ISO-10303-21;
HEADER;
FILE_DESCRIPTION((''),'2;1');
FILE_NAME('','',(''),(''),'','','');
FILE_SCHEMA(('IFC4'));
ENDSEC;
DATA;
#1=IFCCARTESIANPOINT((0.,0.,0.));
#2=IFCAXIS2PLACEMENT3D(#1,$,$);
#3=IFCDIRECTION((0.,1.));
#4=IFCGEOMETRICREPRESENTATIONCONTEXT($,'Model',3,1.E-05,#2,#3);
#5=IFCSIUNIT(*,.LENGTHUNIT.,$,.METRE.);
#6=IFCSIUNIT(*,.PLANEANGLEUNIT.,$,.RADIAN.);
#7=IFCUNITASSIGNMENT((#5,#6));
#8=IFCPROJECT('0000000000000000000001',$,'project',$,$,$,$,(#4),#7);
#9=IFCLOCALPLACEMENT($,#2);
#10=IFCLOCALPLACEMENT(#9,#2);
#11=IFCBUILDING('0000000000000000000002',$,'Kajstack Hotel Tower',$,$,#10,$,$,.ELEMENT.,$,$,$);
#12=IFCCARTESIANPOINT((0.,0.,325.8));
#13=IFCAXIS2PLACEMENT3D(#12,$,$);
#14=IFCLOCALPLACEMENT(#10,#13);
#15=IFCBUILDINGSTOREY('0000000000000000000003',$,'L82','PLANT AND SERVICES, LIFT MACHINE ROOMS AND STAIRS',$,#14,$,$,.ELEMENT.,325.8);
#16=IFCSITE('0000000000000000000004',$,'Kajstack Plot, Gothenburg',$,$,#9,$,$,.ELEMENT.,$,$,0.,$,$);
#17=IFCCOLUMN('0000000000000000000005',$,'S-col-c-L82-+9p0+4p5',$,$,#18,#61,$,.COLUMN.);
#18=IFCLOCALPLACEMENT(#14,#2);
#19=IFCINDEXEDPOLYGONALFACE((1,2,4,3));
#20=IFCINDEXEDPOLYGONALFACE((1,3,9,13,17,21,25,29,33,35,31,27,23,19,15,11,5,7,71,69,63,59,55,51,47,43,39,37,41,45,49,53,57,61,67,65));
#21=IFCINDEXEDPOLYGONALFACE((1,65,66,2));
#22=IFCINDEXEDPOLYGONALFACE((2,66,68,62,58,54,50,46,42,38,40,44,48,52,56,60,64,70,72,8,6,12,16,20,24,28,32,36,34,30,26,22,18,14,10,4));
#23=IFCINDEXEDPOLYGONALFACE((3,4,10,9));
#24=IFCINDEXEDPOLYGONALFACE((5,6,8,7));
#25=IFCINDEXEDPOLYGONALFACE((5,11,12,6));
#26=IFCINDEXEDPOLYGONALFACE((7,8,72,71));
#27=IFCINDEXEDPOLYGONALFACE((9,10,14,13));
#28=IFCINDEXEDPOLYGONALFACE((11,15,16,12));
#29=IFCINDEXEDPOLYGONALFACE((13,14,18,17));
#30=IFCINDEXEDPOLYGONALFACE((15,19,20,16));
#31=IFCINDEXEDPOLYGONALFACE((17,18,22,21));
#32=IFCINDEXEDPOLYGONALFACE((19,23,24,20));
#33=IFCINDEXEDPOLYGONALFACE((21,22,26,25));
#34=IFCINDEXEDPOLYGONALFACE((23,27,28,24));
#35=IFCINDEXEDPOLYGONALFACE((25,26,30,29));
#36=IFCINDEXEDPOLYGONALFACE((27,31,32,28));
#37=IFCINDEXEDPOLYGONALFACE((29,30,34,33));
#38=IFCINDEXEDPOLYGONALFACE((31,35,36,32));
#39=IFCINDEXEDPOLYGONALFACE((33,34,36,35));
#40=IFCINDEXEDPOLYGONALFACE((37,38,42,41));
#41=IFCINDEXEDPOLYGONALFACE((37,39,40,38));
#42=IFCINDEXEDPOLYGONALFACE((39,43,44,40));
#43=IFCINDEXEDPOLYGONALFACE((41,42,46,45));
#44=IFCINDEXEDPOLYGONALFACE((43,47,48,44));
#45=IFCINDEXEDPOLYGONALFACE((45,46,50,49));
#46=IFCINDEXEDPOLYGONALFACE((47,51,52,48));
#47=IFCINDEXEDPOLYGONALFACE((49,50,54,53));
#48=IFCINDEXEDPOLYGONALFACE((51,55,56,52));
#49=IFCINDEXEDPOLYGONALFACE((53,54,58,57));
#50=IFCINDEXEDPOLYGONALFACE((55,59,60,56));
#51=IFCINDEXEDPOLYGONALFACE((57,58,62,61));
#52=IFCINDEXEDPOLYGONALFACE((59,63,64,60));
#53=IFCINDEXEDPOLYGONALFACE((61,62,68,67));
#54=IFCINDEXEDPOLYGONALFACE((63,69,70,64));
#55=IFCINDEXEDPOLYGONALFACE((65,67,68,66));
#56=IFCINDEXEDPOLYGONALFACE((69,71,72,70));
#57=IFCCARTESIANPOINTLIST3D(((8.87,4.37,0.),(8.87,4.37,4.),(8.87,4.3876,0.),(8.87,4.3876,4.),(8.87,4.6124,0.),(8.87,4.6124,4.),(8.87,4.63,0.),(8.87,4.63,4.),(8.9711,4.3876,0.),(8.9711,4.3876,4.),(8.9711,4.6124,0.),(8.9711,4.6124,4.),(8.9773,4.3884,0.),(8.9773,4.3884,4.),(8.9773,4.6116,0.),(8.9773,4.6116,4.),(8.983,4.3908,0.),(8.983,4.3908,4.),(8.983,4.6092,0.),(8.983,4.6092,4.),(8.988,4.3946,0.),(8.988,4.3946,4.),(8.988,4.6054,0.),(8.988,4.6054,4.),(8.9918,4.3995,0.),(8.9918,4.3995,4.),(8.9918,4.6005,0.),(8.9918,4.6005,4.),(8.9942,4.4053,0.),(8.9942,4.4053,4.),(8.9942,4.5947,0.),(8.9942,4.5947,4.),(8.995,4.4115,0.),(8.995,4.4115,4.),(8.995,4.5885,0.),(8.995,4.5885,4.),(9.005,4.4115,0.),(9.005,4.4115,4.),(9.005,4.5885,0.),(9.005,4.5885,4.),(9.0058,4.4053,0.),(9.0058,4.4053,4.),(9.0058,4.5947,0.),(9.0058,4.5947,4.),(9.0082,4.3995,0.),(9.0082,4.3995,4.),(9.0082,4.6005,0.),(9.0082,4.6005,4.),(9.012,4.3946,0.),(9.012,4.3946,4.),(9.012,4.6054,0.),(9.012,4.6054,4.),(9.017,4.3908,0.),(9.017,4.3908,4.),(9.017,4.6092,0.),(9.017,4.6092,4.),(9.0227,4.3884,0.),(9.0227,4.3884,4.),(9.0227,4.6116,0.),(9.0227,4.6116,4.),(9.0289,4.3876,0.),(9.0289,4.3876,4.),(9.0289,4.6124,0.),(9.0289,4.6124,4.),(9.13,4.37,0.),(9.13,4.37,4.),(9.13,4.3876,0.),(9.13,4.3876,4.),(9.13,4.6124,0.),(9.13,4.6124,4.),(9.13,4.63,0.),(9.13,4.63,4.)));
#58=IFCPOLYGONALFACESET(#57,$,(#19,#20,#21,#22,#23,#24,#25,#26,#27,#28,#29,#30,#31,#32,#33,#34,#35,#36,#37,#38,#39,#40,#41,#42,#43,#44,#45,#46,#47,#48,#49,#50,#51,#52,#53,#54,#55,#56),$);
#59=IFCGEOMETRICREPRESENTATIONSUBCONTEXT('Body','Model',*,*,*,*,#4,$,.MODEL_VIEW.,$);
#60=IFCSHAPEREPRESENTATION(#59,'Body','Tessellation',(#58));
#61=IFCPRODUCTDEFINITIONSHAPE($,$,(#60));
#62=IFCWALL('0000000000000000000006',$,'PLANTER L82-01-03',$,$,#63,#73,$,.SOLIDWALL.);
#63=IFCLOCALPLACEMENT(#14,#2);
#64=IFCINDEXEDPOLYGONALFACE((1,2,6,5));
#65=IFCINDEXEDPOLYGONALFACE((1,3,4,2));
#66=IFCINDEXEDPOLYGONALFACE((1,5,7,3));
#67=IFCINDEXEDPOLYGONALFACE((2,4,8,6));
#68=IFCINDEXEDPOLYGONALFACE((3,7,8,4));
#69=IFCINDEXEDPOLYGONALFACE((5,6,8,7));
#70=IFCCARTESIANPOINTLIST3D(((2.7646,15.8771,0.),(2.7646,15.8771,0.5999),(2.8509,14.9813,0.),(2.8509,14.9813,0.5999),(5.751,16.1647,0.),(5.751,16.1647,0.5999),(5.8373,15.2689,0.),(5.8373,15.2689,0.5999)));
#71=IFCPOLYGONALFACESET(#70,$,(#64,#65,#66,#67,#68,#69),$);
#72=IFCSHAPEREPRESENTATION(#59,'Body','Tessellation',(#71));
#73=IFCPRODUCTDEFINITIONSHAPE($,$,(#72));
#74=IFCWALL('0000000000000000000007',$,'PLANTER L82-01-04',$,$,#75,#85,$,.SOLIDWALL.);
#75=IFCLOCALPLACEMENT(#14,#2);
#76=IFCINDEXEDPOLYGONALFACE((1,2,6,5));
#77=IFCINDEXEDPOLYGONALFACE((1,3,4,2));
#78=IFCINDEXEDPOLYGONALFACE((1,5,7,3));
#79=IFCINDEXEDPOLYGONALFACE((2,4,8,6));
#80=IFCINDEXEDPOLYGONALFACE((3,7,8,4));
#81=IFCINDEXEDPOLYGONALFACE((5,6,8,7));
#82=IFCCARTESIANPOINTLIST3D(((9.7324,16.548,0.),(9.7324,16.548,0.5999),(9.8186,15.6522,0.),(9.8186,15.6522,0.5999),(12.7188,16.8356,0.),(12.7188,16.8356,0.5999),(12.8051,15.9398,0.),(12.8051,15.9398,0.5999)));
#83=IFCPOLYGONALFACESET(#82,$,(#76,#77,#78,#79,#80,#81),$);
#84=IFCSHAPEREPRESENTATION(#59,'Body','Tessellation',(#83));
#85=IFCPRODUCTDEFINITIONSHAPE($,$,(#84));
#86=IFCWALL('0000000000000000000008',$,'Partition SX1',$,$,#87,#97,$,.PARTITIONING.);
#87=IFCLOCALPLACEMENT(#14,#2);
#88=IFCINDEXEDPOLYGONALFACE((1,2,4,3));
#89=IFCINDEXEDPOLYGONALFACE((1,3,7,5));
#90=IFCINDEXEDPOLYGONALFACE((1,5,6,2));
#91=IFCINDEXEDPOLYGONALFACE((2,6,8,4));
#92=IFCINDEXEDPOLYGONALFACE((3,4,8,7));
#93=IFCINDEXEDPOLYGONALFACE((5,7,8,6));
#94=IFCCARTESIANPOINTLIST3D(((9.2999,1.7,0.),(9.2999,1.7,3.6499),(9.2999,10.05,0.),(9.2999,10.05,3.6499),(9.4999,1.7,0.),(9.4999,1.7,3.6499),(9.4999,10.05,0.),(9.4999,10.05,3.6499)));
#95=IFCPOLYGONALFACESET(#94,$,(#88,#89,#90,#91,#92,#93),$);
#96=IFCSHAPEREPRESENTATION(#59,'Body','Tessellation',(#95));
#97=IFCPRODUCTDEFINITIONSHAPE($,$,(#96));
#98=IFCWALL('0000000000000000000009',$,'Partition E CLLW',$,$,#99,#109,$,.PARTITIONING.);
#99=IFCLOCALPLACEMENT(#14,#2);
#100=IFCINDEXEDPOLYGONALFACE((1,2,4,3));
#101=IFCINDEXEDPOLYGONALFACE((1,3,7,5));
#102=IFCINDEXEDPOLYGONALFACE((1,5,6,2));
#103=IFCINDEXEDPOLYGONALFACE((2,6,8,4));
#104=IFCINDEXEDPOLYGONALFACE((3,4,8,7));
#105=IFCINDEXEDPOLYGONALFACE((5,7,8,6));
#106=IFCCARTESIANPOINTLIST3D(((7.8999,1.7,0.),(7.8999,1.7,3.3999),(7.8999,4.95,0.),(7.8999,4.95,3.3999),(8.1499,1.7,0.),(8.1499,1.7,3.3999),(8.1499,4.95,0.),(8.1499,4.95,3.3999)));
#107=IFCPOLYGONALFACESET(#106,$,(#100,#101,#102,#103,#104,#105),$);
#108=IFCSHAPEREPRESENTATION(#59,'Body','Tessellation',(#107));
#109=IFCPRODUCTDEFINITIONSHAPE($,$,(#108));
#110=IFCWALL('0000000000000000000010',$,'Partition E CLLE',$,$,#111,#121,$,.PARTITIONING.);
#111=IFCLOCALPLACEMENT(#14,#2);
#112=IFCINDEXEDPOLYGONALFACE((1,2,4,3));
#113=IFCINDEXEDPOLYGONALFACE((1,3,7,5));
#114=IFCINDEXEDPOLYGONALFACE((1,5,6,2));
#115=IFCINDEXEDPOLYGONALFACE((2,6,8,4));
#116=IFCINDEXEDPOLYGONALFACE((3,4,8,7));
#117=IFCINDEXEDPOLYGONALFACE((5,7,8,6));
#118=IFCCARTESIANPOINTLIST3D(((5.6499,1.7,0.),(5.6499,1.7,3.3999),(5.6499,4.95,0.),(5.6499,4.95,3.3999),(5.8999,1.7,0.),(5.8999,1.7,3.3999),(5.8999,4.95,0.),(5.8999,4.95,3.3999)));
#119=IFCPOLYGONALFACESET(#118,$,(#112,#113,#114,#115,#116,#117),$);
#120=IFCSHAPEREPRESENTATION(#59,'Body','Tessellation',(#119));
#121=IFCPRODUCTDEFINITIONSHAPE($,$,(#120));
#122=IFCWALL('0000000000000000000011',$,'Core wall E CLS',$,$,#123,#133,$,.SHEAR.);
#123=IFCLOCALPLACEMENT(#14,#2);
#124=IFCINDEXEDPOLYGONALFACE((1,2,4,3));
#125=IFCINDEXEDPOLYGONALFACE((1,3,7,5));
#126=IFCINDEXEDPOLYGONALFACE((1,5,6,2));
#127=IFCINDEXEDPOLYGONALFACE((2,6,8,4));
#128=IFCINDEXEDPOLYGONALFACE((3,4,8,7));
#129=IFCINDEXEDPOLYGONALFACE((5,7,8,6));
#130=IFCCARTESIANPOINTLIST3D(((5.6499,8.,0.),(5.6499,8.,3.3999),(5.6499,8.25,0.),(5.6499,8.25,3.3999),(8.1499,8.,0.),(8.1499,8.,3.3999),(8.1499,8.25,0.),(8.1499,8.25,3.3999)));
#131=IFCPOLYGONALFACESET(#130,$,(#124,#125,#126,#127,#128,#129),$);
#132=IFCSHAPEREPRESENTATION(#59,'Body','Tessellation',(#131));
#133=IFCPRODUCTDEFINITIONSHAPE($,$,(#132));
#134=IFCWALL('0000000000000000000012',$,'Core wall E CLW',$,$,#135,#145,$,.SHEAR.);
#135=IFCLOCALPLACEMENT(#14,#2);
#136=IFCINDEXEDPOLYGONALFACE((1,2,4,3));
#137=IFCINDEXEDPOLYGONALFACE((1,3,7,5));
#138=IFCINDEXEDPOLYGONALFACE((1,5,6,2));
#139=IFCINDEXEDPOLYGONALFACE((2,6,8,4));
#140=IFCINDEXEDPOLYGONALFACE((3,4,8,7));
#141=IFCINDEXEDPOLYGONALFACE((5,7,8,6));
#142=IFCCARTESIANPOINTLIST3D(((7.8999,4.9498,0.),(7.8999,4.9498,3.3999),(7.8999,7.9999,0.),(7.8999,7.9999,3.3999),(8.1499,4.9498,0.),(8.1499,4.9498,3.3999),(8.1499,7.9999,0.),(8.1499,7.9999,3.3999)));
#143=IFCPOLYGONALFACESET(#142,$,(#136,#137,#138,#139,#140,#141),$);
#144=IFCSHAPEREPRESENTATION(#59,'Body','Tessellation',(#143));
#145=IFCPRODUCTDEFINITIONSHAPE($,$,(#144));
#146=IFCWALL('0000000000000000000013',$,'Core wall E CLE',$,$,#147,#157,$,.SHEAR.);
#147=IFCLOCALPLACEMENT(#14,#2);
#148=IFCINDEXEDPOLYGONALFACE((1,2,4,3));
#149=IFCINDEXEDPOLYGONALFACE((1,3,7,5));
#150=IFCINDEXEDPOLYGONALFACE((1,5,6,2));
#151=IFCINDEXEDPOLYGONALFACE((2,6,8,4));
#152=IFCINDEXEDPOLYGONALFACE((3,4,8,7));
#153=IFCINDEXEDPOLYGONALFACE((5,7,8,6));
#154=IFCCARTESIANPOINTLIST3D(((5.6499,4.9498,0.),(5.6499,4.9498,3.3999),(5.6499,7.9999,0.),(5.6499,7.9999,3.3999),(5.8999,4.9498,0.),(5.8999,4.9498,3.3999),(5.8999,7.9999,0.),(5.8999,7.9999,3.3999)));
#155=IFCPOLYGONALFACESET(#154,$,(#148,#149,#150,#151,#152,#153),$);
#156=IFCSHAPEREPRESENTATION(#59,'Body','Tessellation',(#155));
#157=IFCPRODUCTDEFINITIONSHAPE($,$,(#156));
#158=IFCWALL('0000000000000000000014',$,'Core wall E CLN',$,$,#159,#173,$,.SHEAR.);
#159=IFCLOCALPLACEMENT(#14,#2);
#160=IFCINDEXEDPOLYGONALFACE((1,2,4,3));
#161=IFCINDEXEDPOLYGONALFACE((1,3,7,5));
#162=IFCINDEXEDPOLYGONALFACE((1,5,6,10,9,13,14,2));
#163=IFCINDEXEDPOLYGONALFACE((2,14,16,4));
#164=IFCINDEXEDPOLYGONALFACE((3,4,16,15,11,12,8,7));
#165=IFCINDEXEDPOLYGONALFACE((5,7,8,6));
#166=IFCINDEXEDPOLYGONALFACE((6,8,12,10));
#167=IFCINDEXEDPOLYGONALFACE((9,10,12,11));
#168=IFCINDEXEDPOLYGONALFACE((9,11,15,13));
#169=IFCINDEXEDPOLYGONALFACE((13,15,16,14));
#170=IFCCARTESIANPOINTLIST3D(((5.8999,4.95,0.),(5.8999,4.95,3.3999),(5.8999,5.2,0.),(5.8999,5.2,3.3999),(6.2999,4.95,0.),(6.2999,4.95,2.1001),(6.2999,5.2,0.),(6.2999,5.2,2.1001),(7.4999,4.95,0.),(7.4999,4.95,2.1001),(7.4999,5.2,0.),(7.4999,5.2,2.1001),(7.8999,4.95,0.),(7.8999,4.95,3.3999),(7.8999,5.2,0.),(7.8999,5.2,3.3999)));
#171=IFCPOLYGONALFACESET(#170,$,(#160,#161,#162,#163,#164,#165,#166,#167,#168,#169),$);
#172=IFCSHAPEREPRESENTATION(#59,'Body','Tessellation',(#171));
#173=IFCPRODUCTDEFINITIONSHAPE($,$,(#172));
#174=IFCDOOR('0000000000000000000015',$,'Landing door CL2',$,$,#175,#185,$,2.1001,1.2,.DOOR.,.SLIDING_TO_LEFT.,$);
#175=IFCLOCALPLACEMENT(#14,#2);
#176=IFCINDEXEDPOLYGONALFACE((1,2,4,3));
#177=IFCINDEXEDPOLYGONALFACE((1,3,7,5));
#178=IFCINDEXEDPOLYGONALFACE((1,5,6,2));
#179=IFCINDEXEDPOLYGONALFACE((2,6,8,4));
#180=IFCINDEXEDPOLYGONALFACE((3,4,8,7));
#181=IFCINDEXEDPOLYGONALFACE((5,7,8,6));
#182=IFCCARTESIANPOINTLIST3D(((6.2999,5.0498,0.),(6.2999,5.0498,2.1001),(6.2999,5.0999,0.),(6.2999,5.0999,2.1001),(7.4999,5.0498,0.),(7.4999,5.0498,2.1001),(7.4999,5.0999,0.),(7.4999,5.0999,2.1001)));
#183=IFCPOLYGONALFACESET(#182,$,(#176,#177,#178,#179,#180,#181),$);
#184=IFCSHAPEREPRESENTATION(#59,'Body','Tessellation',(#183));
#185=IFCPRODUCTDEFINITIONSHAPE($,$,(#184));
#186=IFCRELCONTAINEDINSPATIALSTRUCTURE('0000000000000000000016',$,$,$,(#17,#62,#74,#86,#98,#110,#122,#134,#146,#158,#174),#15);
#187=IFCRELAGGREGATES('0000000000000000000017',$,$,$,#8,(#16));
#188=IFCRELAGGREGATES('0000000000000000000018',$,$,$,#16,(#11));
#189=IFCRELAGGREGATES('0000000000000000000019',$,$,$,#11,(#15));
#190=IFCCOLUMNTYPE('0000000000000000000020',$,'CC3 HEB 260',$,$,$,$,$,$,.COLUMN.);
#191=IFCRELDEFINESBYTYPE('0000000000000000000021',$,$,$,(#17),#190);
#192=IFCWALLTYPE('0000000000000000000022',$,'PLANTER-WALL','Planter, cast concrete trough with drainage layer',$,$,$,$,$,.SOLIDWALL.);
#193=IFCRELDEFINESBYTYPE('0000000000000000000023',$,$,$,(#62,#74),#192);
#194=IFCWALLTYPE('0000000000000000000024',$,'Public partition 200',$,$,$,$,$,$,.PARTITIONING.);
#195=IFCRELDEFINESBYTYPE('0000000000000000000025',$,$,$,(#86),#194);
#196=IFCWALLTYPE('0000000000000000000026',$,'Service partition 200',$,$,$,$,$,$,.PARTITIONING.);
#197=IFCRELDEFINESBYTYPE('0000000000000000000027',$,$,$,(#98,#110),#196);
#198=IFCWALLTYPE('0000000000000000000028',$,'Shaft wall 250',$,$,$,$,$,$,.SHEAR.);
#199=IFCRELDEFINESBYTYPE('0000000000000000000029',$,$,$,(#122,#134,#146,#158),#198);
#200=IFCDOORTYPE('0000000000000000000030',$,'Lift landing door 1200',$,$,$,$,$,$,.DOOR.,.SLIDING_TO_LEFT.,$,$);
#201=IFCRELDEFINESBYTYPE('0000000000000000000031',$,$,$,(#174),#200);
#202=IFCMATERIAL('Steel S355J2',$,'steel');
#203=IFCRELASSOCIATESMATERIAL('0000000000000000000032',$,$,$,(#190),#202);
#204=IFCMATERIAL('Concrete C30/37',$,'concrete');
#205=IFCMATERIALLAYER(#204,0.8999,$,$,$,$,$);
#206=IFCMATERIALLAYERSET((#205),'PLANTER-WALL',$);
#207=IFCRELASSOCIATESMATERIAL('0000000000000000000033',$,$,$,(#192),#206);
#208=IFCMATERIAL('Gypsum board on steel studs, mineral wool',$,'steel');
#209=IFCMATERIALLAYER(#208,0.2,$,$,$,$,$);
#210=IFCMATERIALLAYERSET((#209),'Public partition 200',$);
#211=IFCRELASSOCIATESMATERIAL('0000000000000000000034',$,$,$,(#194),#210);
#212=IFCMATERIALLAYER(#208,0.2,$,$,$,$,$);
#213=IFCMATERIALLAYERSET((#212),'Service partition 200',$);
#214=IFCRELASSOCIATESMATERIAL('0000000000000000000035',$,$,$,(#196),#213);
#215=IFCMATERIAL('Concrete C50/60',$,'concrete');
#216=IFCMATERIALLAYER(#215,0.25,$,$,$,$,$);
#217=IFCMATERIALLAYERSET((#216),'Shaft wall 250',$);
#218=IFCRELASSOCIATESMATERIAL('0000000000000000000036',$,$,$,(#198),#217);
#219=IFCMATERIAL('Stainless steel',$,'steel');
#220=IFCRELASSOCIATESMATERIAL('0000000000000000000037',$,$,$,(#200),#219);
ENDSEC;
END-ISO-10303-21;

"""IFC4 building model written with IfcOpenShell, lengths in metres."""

from ifc_helpers import new_model, si_unit, direction, frame, frame_2d, origin, origin_2d, place, context, subcontext, project, spatial, rectangle, i_section, extrude, material, layer, layer_set, material_profile, profile_set, type_object, element, fill, save


model = new_model("IFC4")

# Units and contexts
model_context = context("Model", 3, precision=1e-05, world=origin(), true_north=direction((0.0, 1.0)))
body_context = subcontext(model_context, "Body", "Model", "MODEL_VIEW")
ifc_project = project(units=[si_unit("LENGTHUNIT", "METRE"), si_unit("PLANEANGLEUNIT", "RADIAN")], contexts=[model_context])

# Site, building, storey
site_placement = place(None, origin())
site = spatial("IfcSite", under=ifc_project, at=site_placement, Name="Kajstack Plot, Gothenburg", CompositionType="ELEMENT", RefElevation=0.0)
building_placement = place(site_placement, origin())
building = spatial("IfcBuilding", under=site, at=building_placement, Name="Kajstack Hotel Tower", CompositionType="ELEMENT")
storey_placement = place(building_placement, frame((0.0, 0.0, 325.8)))
storey = spatial("IfcBuildingStorey", under=building, at=storey_placement, Name="L82", Description="PLANT AND SERVICES, LIFT MACHINE ROOMS AND STAIRS", CompositionType="ELEMENT", Elevation=325.8)

# Column
ifc_material_1 = material(Name="Steel S355J2", Category="steel")
ifc_material_profile = material_profile(ifc_material_1, i_section(OverallWidth=0.26, OverallDepth=0.26, WebThickness=0.01, FlangeThickness=0.0176, FilletRadius=0.0239, at=origin_2d()), Name="HEB 260")
ifc_profile_set = profile_set([ifc_material_profile], Name="Steel S355J2")
column_type = type_object("IfcColumnType", Name="CC3 HEB 260", PredefinedType="COLUMN", material=ifc_profile_set)
column_placement = place(storey_placement, frame((9.0, 4.5, 0.0), z_axis=(0.0, 0.0, 1.0), x_axis=(1.0, 0.0, 0.0)))
element("IfcColumn", 1, at=column_placement, inside=storey, type_object=column_type, Name="S-col-c-L82-+9p0+4p5", PredefinedType="COLUMN", context=body_context, shape_type="SweptSolid", body=[
    extrude(i_section(OverallWidth=0.26, OverallDepth=0.26, WebThickness=0.01, FlangeThickness=0.0176, FilletRadius=0.0239, at=origin_2d()), origin(), (0.0, 0.0, 1.0), 4.0),
])

# Walls
ifc_material_2 = material(Name="Concrete C30/37", Category="concrete")
ifc_layer_1 = layer(ifc_material_2, 0.8999)
ifc_layer_set_1 = layer_set([ifc_layer_1], Name="PLANTER-WALL")
wall_type_1 = type_object("IfcWallType", Name="PLANTER-WALL", Description="Planter, cast concrete trough with drainage layer", PredefinedType="SOLIDWALL", material=ifc_layer_set_1)
for number, where, z_axis, x_axis, name in (
    (2, (2.8079, 15.4292, 0.0), (0.0, 0.0, 1.0), (0.995395, 0.095861, 0.0), "PLANTER L82-01-03"),
    (3, (9.7756, 16.1001, 0.0), (0.0, 0.0, 1.0), (0.995395, 0.095861, 0.0), "PLANTER L82-01-04"),
):
    element("IfcWall", number, at=place(storey_placement, frame(where, z_axis=z_axis, x_axis=x_axis)), inside=storey, type_object=wall_type_1, Name=name, PredefinedType="SOLIDWALL", context=body_context, shape_type="SweptSolid", body=[
        extrude(rectangle(XDim=3.0002, YDim=0.8999, at=frame_2d((1.5, 0.0))), origin(), (0.0, 0.0, 1.0), 0.5999),
    ])
ifc_material_3 = material(Name="Gypsum board on steel studs, mineral wool", Category="steel")
ifc_layer_2 = layer(ifc_material_3, 0.2)
ifc_layer_set_2 = layer_set([ifc_layer_2], Name="Public partition 200")
wall_type_2 = type_object("IfcWallType", Name="Public partition 200", PredefinedType="PARTITIONING", material=ifc_layer_set_2)
wall_1_placement = place(storey_placement, frame((9.3999, 1.7, 0.0), z_axis=(0.0, 0.0, 1.0), x_axis=(0.0, 1.0, 0.0)))
element("IfcWall", 4, at=wall_1_placement, inside=storey, type_object=wall_type_2, Name="Partition SX1", PredefinedType="PARTITIONING", context=body_context, shape_type="SweptSolid", body=[
    extrude(rectangle(XDim=8.3501, YDim=0.2, at=frame_2d((4.175, 0.0))), origin(), (0.0, 0.0, 1.0), 3.6499),
])
ifc_layer_3 = layer(ifc_material_3, 0.2)
ifc_layer_set_3 = layer_set([ifc_layer_3], Name="Service partition 200")
wall_type_3 = type_object("IfcWallType", Name="Service partition 200", PredefinedType="PARTITIONING", material=ifc_layer_set_3)
for number, where, z_axis, x_axis, name in (
    (5, (8.0249, 1.7, 0.0), (0.0, 0.0, 1.0), (0.0, 1.0, 0.0), "Partition E CLLW"),
    (6, (5.7749, 1.7, 0.0), (0.0, 0.0, 1.0), (0.0, 1.0, 0.0), "Partition E CLLE"),
):
    element("IfcWall", number, at=place(storey_placement, frame(where, z_axis=z_axis, x_axis=x_axis)), inside=storey, type_object=wall_type_3, Name=name, PredefinedType="PARTITIONING", context=body_context, shape_type="SweptSolid", body=[
        extrude(rectangle(XDim=3.25, YDim=0.25, at=frame_2d((1.625, 0.0))), origin(), (0.0, 0.0, 1.0), 3.3999),
    ])
ifc_material_4 = material(Name="Concrete C50/60", Category="concrete")
ifc_layer_4 = layer(ifc_material_4, 0.25)
ifc_layer_set_4 = layer_set([ifc_layer_4], Name="Shaft wall 250")
wall_type_4 = type_object("IfcWallType", Name="Shaft wall 250", PredefinedType="SHEAR", material=ifc_layer_set_4)
wall_2_placement = place(storey_placement, frame((5.6499, 8.125, 0.0), z_axis=(0.0, 0.0, 1.0), x_axis=(1.0, 0.0, 0.0)))
element("IfcWall", 7, at=wall_2_placement, inside=storey, type_object=wall_type_4, Name="Core wall E CLS", PredefinedType="SHEAR", context=body_context, shape_type="SweptSolid", body=[
    extrude(rectangle(XDim=2.5, YDim=0.25, at=frame_2d((1.25, 0.0))), origin(), (0.0, 0.0, 1.0), 3.3999),
])
for number, where, z_axis, x_axis, name in (
    (8, (8.0249, 4.95, 0.0), (0.0, 0.0, 1.0), (0.0, 1.0, 0.0), "Core wall E CLW"),
    (9, (5.7749, 4.95, 0.0), (0.0, 0.0, 1.0), (0.0, 1.0, 0.0), "Core wall E CLE"),
):
    element("IfcWall", number, at=place(storey_placement, frame(where, z_axis=z_axis, x_axis=x_axis)), inside=storey, type_object=wall_type_4, Name=name, PredefinedType="SHEAR", context=body_context, shape_type="SweptSolid", body=[
        extrude(rectangle(XDim=3.05, YDim=0.25, at=frame_2d((1.5249, 0.0))), origin(), (0.0, 0.0, 1.0), 3.3999),
    ])

# Wall, opening, door
wall_3_placement = place(storey_placement, frame((5.8999, 5.075, 0.0), z_axis=(0.0, 0.0, 1.0), x_axis=(1.0, 0.0, 0.0)))
wall_3 = element("IfcWall", 10, at=wall_3_placement, inside=storey, type_object=wall_type_4, Name="Core wall E CLN", PredefinedType="SHEAR", context=body_context, shape_type="SweptSolid", body=[
    extrude(rectangle(XDim=2.0, YDim=0.25, at=frame_2d((1.0, 0.0))), origin(), (0.0, 0.0, 1.0), 3.3999),
])
opening_1_placement = place(wall_3_placement, frame((0.3999, 0.0, 0.0)))
opening_1 = element("IfcOpeningElement", 11, at=opening_1_placement, cuts=wall_3, PredefinedType="OPENING", context=body_context, shape_type="SweptSolid", body=[
    extrude(rectangle(XDim=1.2, YDim=2.1001, at=frame_2d((0.6001, 1.05))), frame((0.0, 0.135, 0.0), z_axis=(0.0, -1.0, 0.0), x_axis=(1.0, 0.0, 0.0)), (0.0, 0.0, 1.0), 0.27),
])
ifc_material_5 = material(Name="Stainless steel", Category="steel")
door_type_1 = type_object("IfcDoorType", Name="Lift landing door 1200", OperationType="SLIDING_TO_LEFT", PredefinedType="DOOR", material=ifc_material_5)
door_1_placement = place(opening_1_placement, origin())
door_1 = element("IfcDoor", 12, at=door_1_placement, inside=storey, type_object=door_type_1, Name="Landing door CL2", OperationType="SLIDING_TO_LEFT", OverallHeight=2.1001, OverallWidth=1.2, PredefinedType="DOOR", context=body_context, shape_type="SweptSolid", body=[
    extrude(rectangle(XDim=1.2, YDim=2.1001, at=frame_2d((0.6001, 1.05))), frame((0.0, 0.0249, 0.0), z_axis=(0.0, -1.0, 0.0), x_axis=(1.0, 0.0, 0.0)), (0.0, 0.0, 1.0), 0.05),
])
fill(opening_1, door_1)

save(model, "model.ifc")
